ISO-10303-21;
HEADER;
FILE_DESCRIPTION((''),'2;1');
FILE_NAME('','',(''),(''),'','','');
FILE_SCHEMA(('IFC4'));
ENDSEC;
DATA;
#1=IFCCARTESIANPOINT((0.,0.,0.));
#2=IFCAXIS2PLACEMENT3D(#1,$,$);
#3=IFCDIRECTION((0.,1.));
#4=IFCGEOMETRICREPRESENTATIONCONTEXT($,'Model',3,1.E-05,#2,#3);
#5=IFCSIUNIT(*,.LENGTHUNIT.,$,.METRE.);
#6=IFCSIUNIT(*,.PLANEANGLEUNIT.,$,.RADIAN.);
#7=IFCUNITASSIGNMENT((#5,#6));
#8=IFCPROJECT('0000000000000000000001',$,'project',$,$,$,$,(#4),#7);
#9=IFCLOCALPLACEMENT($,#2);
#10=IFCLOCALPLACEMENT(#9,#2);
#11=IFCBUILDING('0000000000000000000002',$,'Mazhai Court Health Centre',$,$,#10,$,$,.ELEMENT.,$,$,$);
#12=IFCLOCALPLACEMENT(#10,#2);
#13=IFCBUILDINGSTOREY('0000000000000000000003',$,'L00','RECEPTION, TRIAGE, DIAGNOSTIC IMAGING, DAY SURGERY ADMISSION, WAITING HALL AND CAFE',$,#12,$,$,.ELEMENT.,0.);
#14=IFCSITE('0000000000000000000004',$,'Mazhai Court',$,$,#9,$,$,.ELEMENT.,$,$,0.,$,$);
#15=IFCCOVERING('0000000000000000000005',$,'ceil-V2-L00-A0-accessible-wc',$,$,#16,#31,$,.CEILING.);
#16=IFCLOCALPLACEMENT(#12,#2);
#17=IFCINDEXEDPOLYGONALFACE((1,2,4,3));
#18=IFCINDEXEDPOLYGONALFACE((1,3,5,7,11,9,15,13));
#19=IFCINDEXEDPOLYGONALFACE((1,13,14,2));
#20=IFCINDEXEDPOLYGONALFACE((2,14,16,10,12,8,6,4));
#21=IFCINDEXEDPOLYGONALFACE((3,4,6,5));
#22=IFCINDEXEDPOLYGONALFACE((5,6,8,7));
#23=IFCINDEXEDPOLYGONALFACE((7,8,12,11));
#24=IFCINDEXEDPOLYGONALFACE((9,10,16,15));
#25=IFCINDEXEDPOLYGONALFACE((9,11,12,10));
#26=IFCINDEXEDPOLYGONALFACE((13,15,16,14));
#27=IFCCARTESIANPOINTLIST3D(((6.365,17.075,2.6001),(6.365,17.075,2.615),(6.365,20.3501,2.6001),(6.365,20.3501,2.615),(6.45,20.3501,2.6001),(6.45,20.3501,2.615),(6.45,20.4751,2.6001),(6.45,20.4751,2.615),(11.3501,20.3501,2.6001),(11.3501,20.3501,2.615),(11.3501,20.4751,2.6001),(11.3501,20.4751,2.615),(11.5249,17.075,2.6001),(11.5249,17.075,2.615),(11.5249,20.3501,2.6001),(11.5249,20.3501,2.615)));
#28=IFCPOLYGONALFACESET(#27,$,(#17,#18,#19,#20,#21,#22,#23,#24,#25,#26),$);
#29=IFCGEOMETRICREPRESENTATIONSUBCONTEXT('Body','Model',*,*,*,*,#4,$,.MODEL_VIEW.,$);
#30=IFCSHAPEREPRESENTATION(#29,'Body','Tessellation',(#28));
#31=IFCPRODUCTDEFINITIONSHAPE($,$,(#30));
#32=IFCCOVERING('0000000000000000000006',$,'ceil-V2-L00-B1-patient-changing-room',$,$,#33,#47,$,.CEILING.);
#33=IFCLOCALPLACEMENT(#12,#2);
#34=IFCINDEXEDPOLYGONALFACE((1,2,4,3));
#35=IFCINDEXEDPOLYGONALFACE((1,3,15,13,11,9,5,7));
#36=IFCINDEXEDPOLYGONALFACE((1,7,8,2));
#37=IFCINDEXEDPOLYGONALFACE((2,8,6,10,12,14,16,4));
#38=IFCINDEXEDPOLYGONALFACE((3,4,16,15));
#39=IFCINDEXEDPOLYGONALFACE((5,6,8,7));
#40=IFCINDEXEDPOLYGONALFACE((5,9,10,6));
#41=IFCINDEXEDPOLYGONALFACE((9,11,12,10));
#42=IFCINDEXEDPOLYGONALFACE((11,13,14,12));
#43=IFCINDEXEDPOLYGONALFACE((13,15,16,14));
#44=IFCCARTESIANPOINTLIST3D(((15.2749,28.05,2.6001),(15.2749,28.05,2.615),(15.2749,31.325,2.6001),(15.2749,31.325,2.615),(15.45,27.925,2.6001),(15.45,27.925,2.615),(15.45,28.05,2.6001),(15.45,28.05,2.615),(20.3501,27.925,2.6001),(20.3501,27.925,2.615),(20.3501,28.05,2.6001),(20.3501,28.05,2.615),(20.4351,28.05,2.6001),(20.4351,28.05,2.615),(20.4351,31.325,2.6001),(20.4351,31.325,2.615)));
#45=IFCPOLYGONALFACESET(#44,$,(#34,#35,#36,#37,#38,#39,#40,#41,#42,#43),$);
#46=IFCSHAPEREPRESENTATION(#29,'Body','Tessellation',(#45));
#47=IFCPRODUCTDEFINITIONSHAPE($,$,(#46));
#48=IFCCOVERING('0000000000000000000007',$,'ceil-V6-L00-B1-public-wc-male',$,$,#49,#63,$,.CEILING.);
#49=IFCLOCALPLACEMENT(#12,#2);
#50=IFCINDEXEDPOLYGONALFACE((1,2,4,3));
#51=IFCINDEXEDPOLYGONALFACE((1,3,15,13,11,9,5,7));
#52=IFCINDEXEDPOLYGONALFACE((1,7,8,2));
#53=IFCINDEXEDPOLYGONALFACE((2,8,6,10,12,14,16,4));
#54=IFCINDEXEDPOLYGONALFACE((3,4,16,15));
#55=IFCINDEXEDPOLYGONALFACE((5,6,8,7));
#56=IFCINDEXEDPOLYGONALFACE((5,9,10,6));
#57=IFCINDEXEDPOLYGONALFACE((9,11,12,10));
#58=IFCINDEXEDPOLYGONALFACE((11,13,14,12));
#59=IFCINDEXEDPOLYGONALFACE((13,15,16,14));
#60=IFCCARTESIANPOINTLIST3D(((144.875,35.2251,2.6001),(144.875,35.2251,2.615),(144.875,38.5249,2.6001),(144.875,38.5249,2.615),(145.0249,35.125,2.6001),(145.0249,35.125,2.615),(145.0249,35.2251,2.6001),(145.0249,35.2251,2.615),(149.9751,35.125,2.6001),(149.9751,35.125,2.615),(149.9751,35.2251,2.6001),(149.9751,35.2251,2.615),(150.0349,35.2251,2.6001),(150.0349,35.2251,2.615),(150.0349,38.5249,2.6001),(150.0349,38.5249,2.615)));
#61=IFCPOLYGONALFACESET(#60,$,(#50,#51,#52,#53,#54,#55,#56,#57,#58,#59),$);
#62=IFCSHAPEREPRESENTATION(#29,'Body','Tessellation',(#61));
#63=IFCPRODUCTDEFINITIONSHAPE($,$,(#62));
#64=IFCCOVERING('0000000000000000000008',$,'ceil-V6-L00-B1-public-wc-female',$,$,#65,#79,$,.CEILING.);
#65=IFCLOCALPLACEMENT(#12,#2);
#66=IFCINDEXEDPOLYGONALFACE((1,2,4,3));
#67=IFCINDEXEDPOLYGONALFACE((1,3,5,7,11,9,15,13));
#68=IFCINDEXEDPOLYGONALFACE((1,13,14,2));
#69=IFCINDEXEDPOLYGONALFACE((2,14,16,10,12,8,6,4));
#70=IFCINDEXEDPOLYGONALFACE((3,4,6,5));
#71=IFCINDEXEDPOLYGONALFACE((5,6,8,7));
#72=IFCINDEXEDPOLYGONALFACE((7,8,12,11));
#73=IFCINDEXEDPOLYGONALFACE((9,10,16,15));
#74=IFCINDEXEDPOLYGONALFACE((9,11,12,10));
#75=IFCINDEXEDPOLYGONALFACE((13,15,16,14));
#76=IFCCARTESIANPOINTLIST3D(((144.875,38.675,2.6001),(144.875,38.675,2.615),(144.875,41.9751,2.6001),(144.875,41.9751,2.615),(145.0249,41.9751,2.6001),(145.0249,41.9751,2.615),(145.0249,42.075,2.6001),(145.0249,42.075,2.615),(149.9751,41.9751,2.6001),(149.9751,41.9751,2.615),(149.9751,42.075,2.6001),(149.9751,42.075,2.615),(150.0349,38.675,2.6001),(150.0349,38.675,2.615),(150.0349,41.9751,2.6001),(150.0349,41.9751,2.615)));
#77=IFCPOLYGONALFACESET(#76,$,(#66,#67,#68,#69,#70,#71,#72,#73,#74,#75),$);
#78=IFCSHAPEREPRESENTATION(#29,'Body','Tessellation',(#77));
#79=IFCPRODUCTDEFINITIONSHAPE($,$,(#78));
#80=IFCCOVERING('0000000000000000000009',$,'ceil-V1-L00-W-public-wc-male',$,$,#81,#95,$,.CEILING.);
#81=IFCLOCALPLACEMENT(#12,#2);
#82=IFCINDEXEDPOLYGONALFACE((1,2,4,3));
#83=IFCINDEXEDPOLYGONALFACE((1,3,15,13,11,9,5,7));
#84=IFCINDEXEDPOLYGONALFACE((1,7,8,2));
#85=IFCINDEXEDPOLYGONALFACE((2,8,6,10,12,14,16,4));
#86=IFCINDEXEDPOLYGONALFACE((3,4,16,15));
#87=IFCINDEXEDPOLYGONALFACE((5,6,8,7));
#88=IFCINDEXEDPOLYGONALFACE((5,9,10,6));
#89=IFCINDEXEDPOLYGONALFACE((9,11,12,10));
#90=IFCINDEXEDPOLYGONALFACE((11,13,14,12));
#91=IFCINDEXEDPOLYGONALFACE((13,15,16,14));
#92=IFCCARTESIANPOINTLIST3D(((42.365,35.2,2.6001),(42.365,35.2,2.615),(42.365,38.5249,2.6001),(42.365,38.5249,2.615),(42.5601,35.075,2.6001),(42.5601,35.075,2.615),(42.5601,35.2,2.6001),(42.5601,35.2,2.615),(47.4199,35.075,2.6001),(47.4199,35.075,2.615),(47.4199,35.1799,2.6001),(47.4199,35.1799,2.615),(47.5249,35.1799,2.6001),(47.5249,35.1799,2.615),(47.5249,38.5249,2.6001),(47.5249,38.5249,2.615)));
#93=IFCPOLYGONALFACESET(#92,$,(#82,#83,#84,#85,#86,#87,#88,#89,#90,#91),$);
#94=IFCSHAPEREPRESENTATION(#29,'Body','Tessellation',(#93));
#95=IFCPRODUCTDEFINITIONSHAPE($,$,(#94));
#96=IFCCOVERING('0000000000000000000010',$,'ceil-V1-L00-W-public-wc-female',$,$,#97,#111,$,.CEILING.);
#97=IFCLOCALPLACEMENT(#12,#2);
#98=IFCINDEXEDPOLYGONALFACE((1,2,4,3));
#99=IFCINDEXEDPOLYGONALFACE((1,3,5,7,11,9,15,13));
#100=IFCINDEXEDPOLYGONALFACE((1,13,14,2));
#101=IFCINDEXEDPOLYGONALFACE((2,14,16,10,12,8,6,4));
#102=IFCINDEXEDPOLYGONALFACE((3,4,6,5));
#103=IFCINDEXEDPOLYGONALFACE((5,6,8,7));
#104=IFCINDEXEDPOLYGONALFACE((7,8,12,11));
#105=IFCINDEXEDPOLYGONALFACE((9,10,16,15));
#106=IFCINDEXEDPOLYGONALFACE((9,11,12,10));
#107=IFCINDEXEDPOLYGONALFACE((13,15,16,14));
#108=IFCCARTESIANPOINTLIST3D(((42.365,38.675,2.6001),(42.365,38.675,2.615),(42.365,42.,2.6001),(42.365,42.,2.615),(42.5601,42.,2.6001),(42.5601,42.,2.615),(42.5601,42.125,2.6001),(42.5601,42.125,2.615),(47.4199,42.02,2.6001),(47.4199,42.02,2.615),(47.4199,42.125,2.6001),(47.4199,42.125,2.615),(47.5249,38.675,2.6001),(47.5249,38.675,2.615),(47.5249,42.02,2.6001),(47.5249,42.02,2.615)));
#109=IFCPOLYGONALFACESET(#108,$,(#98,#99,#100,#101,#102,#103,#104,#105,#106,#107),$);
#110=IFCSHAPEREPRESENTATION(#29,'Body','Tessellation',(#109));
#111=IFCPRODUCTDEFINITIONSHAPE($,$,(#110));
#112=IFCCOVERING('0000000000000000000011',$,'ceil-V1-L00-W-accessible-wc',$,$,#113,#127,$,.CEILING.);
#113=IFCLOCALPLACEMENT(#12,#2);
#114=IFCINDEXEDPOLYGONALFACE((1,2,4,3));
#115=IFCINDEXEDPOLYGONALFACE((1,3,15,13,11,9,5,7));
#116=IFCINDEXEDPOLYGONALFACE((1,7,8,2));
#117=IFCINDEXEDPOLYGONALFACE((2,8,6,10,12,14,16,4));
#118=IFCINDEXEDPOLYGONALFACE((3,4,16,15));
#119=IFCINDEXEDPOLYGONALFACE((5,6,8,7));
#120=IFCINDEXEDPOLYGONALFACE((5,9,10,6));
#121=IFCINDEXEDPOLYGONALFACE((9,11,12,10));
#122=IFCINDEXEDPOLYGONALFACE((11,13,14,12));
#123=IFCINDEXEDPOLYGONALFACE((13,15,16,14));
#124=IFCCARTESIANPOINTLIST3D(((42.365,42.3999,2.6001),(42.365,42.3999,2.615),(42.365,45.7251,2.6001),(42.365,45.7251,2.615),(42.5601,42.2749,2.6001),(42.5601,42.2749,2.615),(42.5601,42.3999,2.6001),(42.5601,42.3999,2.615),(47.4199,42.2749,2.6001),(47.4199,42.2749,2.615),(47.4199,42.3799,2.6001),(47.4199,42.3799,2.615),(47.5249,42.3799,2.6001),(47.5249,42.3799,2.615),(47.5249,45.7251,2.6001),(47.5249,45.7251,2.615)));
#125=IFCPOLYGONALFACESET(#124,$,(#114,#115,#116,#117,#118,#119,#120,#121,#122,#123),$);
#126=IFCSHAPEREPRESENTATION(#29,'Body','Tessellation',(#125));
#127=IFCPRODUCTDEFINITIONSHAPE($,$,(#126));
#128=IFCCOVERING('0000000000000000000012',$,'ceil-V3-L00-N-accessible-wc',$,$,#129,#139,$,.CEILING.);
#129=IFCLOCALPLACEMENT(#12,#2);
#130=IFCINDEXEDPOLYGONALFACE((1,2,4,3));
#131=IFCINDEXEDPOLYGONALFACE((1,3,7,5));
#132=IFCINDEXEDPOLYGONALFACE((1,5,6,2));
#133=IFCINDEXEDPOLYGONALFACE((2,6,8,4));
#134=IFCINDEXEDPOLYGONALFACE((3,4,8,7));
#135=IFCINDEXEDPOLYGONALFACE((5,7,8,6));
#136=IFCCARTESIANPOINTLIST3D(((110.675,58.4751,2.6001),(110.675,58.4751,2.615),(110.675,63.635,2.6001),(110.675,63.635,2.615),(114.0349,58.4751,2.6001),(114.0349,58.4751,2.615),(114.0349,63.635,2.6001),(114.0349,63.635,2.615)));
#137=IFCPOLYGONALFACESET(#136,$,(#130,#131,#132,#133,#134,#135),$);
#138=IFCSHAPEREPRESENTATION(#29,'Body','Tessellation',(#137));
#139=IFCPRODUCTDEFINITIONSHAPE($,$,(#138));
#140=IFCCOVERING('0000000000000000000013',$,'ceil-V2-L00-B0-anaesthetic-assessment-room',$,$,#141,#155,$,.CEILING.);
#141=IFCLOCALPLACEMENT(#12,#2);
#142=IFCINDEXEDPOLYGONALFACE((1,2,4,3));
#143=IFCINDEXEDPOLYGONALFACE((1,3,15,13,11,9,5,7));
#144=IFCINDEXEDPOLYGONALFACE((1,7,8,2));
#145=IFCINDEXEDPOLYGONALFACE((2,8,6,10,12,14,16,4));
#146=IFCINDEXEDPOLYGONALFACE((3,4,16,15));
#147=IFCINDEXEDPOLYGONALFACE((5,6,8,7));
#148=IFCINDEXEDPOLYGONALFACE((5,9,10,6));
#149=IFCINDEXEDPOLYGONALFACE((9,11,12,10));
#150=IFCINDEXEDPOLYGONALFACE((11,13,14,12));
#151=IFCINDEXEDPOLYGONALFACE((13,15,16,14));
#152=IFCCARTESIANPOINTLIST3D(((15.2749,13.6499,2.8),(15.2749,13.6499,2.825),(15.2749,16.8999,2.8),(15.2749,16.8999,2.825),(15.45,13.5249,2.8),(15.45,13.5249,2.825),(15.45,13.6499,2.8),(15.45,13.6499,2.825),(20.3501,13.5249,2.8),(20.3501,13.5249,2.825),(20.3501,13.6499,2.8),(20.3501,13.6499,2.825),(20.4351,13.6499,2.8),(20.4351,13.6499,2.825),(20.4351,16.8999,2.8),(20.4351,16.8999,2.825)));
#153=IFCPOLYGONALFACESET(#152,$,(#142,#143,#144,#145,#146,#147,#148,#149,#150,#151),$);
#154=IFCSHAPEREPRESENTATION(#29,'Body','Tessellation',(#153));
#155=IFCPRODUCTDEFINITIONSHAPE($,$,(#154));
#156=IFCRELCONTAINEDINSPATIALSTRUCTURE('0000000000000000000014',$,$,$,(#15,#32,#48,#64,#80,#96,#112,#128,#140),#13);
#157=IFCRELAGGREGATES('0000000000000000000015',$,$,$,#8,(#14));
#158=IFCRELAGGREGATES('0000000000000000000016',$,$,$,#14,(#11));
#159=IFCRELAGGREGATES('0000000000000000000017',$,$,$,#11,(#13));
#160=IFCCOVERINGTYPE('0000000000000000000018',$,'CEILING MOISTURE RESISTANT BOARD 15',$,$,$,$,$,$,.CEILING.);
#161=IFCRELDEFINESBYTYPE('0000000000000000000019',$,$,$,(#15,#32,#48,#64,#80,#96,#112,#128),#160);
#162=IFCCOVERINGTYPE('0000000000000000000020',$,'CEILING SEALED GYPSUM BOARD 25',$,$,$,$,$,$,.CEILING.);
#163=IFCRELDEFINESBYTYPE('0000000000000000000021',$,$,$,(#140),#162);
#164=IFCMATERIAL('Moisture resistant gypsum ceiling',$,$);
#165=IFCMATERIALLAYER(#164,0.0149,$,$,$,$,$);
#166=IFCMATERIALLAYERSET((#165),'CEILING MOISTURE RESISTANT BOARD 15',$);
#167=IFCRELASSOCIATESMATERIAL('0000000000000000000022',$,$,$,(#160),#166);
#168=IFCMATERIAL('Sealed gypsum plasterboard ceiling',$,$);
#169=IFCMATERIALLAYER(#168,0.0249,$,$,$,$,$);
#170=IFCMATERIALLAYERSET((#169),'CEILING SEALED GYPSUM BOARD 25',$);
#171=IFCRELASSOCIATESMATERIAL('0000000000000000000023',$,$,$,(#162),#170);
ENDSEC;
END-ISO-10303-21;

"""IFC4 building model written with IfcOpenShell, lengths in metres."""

from ifc_helpers import new_model, si_unit, direction, frame, origin, place, context, subcontext, project, spatial, polyline, outline, extrude, material, layer, layer_set, type_object, element, save


model = new_model("IFC4")

# Units and contexts
model_context = context("Model", 3, precision=1e-05, world=origin(), true_north=direction((0.0, 1.0)))
body_context = subcontext(model_context, "Body", "Model", "MODEL_VIEW")
ifc_project = project(units=[si_unit("LENGTHUNIT", "METRE"), si_unit("PLANEANGLEUNIT", "RADIAN")], contexts=[model_context])

# Site, building, storey
site_placement = place(None, origin())
site = spatial("IfcSite", under=ifc_project, at=site_placement, Name="Mazhai Court", CompositionType="ELEMENT", RefElevation=0.0)
building_placement = place(site_placement, origin())
building = spatial("IfcBuilding", under=site, at=building_placement, Name="Mazhai Court Health Centre", CompositionType="ELEMENT")
storey_placement = place(building_placement, origin())
storey = spatial("IfcBuildingStorey", under=building, at=storey_placement, Name="L00", Description="RECEPTION, TRIAGE, DIAGNOSTIC IMAGING, DAY SURGERY ADMISSION, WAITING HALL AND CAFE", CompositionType="ELEMENT", Elevation=0.0)

# Coverings
ifc_material_1 = material(Name="Moisture resistant gypsum ceiling")
ifc_layer_1 = layer(ifc_material_1, 0.0149)
ifc_layer_set_1 = layer_set([ifc_layer_1], Name="CEILING MOISTURE RESISTANT BOARD 15")
covering_type_1 = type_object("IfcCoveringType", Name="CEILING MOISTURE RESISTANT BOARD 15", PredefinedType="CEILING", material=ifc_layer_set_1)
covering_1_placement = place(storey_placement, frame((0.0, 0.0, 2.6001)))
element("IfcCovering", 1, at=covering_1_placement, inside=storey, type_object=covering_type_1, Name="ceil-V2-L00-A0-accessible-wc", PredefinedType="CEILING", context=body_context, shape_type="SweptSolid", body=[
    extrude(outline(polyline([(11.5249, 20.3501), (11.3501, 20.3501), (11.3501, 20.4751), (6.45, 20.4751), (6.45, 20.3501), (6.365, 20.3501), (6.365, 17.075), (11.5249, 17.075), (11.5249, 20.3501)])), origin(), (0.0, 0.0, 1.0), 0.0149),
])
covering_2_placement = place(storey_placement, frame((0.0, 0.0, 2.6001)))
element("IfcCovering", 2, at=covering_2_placement, inside=storey, type_object=covering_type_1, Name="ceil-V2-L00-B1-patient-changing-room", PredefinedType="CEILING", context=body_context, shape_type="SweptSolid", body=[
    extrude(outline(polyline([(15.2749, 28.05), (15.45, 28.05), (15.45, 27.925), (20.3501, 27.925), (20.3501, 28.05), (20.4351, 28.05), (20.4351, 31.325), (15.2749, 31.325), (15.2749, 28.05)])), origin(), (0.0, 0.0, 1.0), 0.0149),
])
covering_3_placement = place(storey_placement, frame((0.0, 0.0, 2.6001)))
element("IfcCovering", 3, at=covering_3_placement, inside=storey, type_object=covering_type_1, Name="ceil-V6-L00-B1-public-wc-male", PredefinedType="CEILING", context=body_context, shape_type="SweptSolid", body=[
    extrude(outline(polyline([(144.875, 35.2251), (145.0249, 35.2251), (145.0249, 35.125), (149.9751, 35.125), (149.9751, 35.2251), (150.0349, 35.2251), (150.0349, 38.5249), (144.875, 38.5249), (144.875, 35.2251)])), origin(), (0.0, 0.0, 1.0), 0.0149),
])
covering_4_placement = place(storey_placement, frame((0.0, 0.0, 2.6001)))
element("IfcCovering", 4, at=covering_4_placement, inside=storey, type_object=covering_type_1, Name="ceil-V6-L00-B1-public-wc-female", PredefinedType="CEILING", context=body_context, shape_type="SweptSolid", body=[
    extrude(outline(polyline([(150.0349, 41.9751), (149.9751, 41.9751), (149.9751, 42.075), (145.0249, 42.075), (145.0249, 41.9751), (144.875, 41.9751), (144.875, 38.675), (150.0349, 38.675), (150.0349, 41.9751)])), origin(), (0.0, 0.0, 1.0), 0.0149),
])
covering_5_placement = place(storey_placement, frame((0.0, 0.0, 2.6001)))
element("IfcCovering", 5, at=covering_5_placement, inside=storey, type_object=covering_type_1, Name="ceil-V1-L00-W-public-wc-male", PredefinedType="CEILING", context=body_context, shape_type="SweptSolid", body=[
    extrude(outline(polyline([(42.365, 35.2), (42.5601, 35.2), (42.5601, 35.075), (47.4199, 35.075), (47.4199, 35.1799), (47.5249, 35.1799), (47.5249, 38.5249), (42.365, 38.5249), (42.365, 35.2)])), origin(), (0.0, 0.0, 1.0), 0.0149),
])
covering_6_placement = place(storey_placement, frame((0.0, 0.0, 2.6001)))
element("IfcCovering", 6, at=covering_6_placement, inside=storey, type_object=covering_type_1, Name="ceil-V1-L00-W-public-wc-female", PredefinedType="CEILING", context=body_context, shape_type="SweptSolid", body=[
    extrude(outline(polyline([(47.5249, 42.02), (47.4199, 42.02), (47.4199, 42.125), (42.5601, 42.125), (42.5601, 42.0), (42.365, 42.0), (42.365, 38.675), (47.5249, 38.675), (47.5249, 42.02)])), origin(), (0.0, 0.0, 1.0), 0.0149),
])
covering_7_placement = place(storey_placement, frame((0.0, 0.0, 2.6001)))
element("IfcCovering", 7, at=covering_7_placement, inside=storey, type_object=covering_type_1, Name="ceil-V1-L00-W-accessible-wc", PredefinedType="CEILING", context=body_context, shape_type="SweptSolid", body=[
    extrude(outline(polyline([(42.365, 42.3999), (42.5601, 42.3999), (42.5601, 42.2749), (47.4199, 42.2749), (47.4199, 42.3799), (47.5249, 42.3799), (47.5249, 45.7251), (42.365, 45.7251), (42.365, 42.3999)])), origin(), (0.0, 0.0, 1.0), 0.0149),
])
covering_8_placement = place(storey_placement, frame((0.0, 0.0, 2.6001)))
element("IfcCovering", 8, at=covering_8_placement, inside=storey, type_object=covering_type_1, Name="ceil-V3-L00-N-accessible-wc", PredefinedType="CEILING", context=body_context, shape_type="SweptSolid", body=[
    extrude(outline(polyline([(114.0349, 58.4751), (114.0349, 63.635), (110.675, 63.635), (110.675, 58.4751), (114.0349, 58.4751)])), origin(), (0.0, 0.0, 1.0), 0.0149),
])
ifc_material_2 = material(Name="Sealed gypsum plasterboard ceiling")
ifc_layer_2 = layer(ifc_material_2, 0.0249)
ifc_layer_set_2 = layer_set([ifc_layer_2], Name="CEILING SEALED GYPSUM BOARD 25")
covering_type_2 = type_object("IfcCoveringType", Name="CEILING SEALED GYPSUM BOARD 25", PredefinedType="CEILING", material=ifc_layer_set_2)
covering_9_placement = place(storey_placement, frame((0.0, 0.0, 2.8)))
element("IfcCovering", 9, at=covering_9_placement, inside=storey, type_object=covering_type_2, Name="ceil-V2-L00-B0-anaesthetic-assessment-room", PredefinedType="CEILING", context=body_context, shape_type="SweptSolid", body=[
    extrude(outline(polyline([(15.2749, 13.6499), (15.45, 13.6499), (15.45, 13.5249), (20.3501, 13.5249), (20.3501, 13.6499), (20.4351, 13.6499), (20.4351, 16.8999), (15.2749, 16.8999), (15.2749, 13.6499)])), origin(), (0.0, 0.0, 1.0), 0.0249),
])

save(model, "model.ifc")
